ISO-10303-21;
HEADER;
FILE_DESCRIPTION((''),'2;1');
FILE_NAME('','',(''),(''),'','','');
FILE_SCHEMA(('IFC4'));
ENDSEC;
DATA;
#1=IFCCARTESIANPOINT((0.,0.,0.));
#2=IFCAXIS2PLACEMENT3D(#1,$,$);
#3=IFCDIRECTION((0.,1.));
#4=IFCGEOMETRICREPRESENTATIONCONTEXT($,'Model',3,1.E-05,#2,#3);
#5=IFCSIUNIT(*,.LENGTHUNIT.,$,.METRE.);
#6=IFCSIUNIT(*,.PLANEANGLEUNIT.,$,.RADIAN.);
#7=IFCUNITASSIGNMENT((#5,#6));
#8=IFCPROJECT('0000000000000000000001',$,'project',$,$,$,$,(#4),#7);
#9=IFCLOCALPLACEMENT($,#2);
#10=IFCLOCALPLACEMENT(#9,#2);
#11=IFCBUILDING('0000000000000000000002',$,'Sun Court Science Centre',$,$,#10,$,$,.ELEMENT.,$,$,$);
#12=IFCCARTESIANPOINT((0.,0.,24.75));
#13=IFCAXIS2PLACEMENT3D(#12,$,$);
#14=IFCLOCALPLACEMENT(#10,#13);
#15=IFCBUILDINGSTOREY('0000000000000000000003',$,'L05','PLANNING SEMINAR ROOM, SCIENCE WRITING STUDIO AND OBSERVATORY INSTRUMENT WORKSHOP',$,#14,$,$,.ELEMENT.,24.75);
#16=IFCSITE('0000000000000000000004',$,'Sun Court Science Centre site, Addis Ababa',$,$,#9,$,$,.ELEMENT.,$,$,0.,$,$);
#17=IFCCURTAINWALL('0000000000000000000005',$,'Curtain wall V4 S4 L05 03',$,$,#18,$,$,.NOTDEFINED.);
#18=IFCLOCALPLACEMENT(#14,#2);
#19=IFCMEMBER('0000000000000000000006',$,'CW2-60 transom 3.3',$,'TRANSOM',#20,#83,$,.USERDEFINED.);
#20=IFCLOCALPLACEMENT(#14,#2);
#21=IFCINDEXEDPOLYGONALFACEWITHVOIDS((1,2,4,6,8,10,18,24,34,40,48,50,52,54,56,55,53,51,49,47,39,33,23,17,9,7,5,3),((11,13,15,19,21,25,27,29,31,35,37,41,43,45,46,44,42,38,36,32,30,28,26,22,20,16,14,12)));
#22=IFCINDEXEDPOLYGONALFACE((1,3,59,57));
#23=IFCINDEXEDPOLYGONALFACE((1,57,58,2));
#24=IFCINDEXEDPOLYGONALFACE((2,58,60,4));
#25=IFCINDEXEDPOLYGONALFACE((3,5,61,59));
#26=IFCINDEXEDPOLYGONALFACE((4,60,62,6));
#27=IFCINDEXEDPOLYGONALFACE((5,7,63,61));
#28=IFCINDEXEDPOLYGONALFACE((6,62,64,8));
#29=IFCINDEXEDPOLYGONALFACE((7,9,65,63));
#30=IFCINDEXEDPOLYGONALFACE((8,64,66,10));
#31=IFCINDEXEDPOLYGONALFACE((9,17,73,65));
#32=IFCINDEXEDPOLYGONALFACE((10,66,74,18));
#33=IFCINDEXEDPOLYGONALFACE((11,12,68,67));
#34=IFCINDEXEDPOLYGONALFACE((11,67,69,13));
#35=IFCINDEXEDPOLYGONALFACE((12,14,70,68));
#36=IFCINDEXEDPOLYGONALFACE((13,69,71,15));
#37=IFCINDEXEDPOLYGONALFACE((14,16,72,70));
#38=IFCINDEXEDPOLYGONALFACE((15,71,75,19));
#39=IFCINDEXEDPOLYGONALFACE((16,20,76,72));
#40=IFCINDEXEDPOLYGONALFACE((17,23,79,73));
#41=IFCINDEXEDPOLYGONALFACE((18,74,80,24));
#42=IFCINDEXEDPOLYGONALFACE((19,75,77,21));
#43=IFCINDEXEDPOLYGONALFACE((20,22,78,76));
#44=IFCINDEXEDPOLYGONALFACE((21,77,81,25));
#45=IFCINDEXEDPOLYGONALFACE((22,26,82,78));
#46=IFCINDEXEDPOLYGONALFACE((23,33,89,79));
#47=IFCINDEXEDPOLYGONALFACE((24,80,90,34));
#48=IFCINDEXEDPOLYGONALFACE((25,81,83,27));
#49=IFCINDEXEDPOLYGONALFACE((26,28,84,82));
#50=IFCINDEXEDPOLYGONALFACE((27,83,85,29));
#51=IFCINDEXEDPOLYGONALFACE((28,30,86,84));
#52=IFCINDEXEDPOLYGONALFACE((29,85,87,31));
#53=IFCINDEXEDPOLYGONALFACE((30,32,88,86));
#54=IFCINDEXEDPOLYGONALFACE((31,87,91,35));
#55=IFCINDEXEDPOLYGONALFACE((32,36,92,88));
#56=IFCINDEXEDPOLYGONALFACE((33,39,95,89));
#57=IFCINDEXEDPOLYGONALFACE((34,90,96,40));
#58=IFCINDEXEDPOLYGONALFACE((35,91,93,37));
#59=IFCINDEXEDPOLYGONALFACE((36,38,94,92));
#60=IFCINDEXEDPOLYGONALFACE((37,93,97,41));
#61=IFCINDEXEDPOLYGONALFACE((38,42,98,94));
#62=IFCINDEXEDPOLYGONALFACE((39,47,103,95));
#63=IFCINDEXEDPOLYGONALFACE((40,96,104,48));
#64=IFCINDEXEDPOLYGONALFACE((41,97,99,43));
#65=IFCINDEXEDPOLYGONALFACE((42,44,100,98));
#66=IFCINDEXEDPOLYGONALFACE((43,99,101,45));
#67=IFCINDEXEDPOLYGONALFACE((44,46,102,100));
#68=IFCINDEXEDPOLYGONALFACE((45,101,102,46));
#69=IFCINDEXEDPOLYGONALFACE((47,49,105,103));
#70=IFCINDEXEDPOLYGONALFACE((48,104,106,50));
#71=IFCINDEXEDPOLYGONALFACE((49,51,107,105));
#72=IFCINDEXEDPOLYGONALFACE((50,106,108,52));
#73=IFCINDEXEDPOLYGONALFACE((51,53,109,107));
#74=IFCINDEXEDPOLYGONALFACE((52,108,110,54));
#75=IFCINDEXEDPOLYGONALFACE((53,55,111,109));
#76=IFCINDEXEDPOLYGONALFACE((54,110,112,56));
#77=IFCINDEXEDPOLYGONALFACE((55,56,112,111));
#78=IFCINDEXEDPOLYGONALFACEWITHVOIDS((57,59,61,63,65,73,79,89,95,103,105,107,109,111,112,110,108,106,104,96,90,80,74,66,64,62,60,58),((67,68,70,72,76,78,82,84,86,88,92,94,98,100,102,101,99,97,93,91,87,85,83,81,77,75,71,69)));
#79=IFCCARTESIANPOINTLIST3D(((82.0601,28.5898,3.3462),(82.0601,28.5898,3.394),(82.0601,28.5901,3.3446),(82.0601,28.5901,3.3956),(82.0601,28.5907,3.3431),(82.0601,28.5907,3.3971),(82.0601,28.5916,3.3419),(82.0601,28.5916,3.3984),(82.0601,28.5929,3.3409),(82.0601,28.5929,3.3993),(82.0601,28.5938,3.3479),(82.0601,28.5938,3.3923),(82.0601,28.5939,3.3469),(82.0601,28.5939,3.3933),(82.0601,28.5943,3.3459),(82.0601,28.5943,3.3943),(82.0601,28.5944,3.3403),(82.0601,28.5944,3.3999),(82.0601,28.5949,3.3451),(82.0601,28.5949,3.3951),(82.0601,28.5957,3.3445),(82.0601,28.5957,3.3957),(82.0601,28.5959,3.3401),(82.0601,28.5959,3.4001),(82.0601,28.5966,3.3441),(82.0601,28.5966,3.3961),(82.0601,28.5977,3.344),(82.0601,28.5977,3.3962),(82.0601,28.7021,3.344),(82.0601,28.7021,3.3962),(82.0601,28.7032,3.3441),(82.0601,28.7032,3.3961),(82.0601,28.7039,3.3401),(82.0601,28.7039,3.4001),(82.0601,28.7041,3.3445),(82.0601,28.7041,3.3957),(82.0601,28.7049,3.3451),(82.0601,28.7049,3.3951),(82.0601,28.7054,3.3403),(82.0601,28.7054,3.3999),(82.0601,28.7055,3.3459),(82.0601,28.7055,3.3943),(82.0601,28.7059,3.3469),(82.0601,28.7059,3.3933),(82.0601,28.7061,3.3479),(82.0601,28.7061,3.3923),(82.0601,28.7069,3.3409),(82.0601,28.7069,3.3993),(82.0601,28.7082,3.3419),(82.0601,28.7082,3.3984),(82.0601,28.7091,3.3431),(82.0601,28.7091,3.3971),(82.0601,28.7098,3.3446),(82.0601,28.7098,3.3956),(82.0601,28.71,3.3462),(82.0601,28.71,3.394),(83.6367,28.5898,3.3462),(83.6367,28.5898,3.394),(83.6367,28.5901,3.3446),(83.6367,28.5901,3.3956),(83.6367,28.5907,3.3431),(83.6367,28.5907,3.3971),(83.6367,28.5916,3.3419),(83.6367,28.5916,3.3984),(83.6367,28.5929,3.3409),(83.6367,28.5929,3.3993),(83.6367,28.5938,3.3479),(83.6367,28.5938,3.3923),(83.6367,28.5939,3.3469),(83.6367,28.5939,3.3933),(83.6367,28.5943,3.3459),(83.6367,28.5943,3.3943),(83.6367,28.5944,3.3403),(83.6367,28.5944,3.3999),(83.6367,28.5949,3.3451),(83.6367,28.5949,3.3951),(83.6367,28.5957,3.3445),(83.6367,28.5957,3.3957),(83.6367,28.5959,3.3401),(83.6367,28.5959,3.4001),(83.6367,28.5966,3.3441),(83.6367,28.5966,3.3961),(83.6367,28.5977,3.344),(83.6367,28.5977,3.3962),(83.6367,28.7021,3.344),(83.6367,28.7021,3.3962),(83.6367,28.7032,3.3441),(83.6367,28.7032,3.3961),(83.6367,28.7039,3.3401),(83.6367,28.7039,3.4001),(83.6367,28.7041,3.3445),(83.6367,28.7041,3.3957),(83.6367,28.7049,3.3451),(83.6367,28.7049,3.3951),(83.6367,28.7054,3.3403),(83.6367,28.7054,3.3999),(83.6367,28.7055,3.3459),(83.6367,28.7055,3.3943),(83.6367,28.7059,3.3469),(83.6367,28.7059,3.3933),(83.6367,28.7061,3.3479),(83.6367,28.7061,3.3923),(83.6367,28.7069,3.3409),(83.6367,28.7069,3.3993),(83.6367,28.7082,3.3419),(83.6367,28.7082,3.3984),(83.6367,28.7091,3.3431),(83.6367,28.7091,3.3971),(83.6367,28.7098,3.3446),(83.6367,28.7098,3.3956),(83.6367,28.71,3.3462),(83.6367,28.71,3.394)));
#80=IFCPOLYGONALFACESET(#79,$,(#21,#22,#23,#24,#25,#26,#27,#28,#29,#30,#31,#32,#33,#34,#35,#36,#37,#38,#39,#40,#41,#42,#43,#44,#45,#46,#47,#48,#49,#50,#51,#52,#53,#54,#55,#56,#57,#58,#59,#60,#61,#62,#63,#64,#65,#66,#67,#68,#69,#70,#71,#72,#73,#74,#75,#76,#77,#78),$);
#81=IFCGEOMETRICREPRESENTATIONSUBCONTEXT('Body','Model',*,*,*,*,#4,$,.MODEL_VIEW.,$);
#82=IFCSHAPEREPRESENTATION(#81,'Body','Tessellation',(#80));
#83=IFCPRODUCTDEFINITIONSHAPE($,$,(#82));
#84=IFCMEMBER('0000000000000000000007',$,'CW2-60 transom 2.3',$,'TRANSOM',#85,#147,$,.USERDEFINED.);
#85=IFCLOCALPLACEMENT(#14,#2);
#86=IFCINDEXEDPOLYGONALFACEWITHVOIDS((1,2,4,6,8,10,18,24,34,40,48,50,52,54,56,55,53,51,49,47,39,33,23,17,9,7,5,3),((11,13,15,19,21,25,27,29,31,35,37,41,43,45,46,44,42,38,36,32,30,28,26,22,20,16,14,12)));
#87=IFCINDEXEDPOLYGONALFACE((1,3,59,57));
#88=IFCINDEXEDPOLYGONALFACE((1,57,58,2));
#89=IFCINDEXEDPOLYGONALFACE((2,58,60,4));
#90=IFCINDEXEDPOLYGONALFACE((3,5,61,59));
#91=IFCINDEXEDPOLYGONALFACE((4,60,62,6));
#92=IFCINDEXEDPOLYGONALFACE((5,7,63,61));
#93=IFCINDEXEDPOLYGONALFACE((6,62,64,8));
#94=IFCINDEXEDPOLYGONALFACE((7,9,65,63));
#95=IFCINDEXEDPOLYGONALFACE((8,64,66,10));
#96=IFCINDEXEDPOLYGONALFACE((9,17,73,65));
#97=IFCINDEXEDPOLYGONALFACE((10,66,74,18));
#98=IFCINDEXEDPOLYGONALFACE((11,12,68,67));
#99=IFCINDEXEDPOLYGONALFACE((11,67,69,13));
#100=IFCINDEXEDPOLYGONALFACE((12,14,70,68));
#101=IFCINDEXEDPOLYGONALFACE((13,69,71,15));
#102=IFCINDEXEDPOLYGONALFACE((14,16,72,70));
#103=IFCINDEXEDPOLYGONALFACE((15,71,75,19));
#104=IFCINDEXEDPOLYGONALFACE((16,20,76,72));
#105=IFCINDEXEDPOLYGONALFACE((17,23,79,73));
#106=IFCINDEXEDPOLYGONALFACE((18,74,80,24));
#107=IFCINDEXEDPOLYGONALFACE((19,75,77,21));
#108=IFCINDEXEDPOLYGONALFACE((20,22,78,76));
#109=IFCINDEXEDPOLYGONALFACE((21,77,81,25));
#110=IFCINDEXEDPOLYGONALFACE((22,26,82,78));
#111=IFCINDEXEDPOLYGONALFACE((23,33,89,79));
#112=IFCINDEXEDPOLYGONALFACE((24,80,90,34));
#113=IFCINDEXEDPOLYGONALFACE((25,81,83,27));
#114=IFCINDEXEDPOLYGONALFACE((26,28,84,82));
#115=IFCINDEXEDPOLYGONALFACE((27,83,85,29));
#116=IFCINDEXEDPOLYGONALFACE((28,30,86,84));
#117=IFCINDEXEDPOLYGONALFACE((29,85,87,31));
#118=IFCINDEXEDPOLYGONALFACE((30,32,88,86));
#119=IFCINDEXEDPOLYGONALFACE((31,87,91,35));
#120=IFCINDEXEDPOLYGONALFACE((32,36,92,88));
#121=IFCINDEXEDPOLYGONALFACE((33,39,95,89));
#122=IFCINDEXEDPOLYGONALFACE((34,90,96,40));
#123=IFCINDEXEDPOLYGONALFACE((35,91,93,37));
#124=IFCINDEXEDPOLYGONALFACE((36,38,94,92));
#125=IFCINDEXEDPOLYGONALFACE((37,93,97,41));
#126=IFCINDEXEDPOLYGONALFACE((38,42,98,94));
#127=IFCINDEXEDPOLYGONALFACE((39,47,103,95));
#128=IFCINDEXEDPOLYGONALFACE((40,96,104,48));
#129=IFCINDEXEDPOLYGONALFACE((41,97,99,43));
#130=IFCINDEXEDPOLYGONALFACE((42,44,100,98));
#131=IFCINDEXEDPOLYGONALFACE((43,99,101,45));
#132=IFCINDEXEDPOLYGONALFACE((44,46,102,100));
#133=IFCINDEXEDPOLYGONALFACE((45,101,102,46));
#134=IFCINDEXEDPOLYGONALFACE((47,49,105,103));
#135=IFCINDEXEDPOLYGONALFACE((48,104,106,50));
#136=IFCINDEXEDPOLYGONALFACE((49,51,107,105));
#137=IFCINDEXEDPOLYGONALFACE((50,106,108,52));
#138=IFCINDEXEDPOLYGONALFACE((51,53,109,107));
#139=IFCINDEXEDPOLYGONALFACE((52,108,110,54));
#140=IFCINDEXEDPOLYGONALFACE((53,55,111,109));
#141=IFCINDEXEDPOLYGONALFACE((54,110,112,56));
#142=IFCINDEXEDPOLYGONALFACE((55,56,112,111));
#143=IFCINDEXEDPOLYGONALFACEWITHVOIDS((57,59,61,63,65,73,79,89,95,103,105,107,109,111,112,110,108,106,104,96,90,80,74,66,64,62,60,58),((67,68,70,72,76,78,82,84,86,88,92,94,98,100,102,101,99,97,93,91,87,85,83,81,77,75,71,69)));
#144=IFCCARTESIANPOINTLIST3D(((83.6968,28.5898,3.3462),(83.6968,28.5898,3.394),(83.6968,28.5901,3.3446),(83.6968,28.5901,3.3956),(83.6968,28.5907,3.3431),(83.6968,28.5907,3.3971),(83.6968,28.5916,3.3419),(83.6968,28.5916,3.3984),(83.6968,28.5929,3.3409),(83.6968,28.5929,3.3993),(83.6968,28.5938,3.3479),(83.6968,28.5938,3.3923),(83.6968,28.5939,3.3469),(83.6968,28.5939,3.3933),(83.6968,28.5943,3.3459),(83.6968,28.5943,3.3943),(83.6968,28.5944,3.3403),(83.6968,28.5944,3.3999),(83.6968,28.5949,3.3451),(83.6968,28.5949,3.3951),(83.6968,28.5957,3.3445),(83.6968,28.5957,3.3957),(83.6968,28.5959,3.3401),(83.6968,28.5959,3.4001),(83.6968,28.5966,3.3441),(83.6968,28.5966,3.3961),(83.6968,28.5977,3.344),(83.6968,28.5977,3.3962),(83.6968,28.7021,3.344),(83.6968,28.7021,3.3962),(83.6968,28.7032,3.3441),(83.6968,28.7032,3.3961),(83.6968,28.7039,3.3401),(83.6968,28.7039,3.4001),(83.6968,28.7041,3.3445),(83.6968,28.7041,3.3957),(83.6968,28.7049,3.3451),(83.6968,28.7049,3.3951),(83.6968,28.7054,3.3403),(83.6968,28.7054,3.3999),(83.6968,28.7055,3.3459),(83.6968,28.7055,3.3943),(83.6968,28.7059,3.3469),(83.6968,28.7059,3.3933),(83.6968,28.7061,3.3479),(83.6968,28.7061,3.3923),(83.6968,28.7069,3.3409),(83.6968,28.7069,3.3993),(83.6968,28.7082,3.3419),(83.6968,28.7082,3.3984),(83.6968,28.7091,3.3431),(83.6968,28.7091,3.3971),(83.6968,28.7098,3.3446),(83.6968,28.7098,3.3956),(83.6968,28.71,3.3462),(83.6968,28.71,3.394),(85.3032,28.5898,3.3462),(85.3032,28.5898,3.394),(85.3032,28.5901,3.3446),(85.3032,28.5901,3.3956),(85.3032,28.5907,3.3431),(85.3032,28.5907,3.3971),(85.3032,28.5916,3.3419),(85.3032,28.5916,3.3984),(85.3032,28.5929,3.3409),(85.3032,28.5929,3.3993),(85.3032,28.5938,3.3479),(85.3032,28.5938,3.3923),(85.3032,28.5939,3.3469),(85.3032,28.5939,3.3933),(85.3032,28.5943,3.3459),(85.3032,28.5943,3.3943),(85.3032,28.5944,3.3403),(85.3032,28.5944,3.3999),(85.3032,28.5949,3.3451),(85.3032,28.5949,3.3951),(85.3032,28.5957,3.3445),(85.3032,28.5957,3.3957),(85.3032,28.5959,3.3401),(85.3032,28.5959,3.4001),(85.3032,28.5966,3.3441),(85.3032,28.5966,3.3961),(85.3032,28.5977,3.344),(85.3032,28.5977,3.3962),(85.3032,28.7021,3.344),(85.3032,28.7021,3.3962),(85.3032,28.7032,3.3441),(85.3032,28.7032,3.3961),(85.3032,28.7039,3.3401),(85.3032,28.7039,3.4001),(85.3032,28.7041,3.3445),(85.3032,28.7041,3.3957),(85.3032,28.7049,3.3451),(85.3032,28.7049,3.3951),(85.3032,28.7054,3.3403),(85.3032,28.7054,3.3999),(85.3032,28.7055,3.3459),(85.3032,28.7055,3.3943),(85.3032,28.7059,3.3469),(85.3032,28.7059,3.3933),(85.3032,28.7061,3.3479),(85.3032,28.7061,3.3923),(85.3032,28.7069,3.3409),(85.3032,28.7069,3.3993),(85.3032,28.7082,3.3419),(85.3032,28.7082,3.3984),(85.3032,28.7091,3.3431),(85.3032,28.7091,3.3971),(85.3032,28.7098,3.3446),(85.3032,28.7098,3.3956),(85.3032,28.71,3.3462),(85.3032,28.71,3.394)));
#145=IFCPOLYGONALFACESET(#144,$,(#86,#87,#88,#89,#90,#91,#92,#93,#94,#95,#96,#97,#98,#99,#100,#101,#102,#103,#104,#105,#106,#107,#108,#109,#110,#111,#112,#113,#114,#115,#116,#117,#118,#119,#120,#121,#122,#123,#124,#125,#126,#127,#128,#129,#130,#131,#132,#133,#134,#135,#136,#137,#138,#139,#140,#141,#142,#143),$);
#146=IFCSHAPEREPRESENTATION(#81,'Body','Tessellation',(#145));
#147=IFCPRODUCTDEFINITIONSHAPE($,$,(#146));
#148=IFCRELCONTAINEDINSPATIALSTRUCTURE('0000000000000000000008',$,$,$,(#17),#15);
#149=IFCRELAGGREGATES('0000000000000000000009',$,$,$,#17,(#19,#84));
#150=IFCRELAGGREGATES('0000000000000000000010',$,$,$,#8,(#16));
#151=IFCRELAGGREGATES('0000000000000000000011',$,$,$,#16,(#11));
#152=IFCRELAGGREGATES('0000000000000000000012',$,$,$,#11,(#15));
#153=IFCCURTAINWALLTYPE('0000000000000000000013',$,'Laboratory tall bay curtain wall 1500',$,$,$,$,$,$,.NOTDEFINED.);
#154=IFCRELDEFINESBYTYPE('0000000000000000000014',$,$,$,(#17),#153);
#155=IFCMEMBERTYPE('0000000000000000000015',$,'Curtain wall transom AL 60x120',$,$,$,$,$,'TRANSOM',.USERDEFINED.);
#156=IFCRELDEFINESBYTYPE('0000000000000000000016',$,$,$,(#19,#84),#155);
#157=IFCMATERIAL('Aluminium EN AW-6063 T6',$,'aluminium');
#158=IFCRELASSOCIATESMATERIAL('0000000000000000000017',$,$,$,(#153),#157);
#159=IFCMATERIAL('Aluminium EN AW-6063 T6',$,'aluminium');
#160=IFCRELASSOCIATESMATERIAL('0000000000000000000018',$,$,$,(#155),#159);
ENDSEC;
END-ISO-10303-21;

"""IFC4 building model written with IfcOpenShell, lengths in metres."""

from ifc_helpers import new_model, si_unit, direction, frame, origin, origin_2d, place, context, subcontext, project, spatial, hollow_rectangle, extrude, material, material_profile, profile_set, type_object, element, aggregate, save


model = new_model("IFC4")

# Units and contexts
model_context = context("Model", 3, precision=1e-05, world=origin(), true_north=direction((0.0, 1.0)))
body_context = subcontext(model_context, "Body", "Model", "MODEL_VIEW")
ifc_project = project(units=[si_unit("LENGTHUNIT", "METRE"), si_unit("PLANEANGLEUNIT", "RADIAN")], contexts=[model_context])

# Site, building, storey
site_placement = place(None, origin())
site = spatial("IfcSite", under=ifc_project, at=site_placement, Name="Sun Court Science Centre site, Addis Ababa", CompositionType="ELEMENT", RefElevation=0.0)
building_placement = place(site_placement, origin())
building = spatial("IfcBuilding", under=site, at=building_placement, Name="Sun Court Science Centre", CompositionType="ELEMENT")
storey_placement = place(building_placement, frame((0.0, 0.0, 24.75)))
storey = spatial("IfcBuildingStorey", under=building, at=storey_placement, Name="L05", Description="PLANNING SEMINAR ROOM, SCIENCE WRITING STUDIO AND OBSERVATORY INSTRUMENT WORKSHOP", CompositionType="ELEMENT", Elevation=24.75)

# Curtain wall, members
ifc_material_1 = material(Name="Aluminium EN AW-6063 T6", Category="aluminium")
curtain_wall_type = type_object("IfcCurtainWallType", Name="Laboratory tall bay curtain wall 1500", PredefinedType="NOTDEFINED", material=ifc_material_1)
curtain_wall_placement = place(storey_placement, origin())
curtain_wall = element("IfcCurtainWall", 1, at=curtain_wall_placement, inside=storey, type_object=curtain_wall_type, Name="Curtain wall V4 S4 L05 03", PredefinedType="NOTDEFINED")
ifc_material_2 = material(Name="Aluminium EN AW-6063 T6", Category="aluminium")
ifc_material_profile_1 = material_profile(ifc_material_2, hollow_rectangle(XDim=0.0601, YDim=0.1201, WallThickness=0.0039, InnerFilletRadius=0.0039, OuterFilletRadius=0.0061, at=origin_2d()), Name="AL 60x120x4")
ifc_profile_set_1 = profile_set([ifc_material_profile_1], Name="Aluminium EN AW-6063 T6")
member_type = type_object("IfcMemberType", Name="Curtain wall transom AL 60x120", ElementType="TRANSOM", PredefinedType="USERDEFINED", material=ifc_profile_set_1)
member_1_placement = place(storey_placement, frame((83.6367, 28.6499, 3.3701), z_axis=(-1.0, 0.0, 0.0), x_axis=(0.0, 0.0, 1.0)))
member_1 = element("IfcMember", 2, at=member_1_placement, type_object=member_type, Name="CW2-60 transom 3.3", ObjectType="TRANSOM", PredefinedType="USERDEFINED", context=body_context, shape_type="SweptSolid", body=[
    extrude(hollow_rectangle(XDim=0.0601, YDim=0.1201, WallThickness=0.0039, InnerFilletRadius=0.0039, OuterFilletRadius=0.0061, at=origin_2d()), origin(), (0.0, 0.0, 1.0), 1.5767),
])
member_2_placement = place(storey_placement, frame((85.3032, 28.6499, 3.3701), z_axis=(-1.0, 0.0, 0.0), x_axis=(0.0, 0.0, 1.0)))
member_2 = element("IfcMember", 3, at=member_2_placement, type_object=member_type, Name="CW2-60 transom 2.3", ObjectType="TRANSOM", PredefinedType="USERDEFINED", context=body_context, shape_type="SweptSolid", body=[
    extrude(hollow_rectangle(XDim=0.0601, YDim=0.1201, WallThickness=0.0039, InnerFilletRadius=0.0039, OuterFilletRadius=0.0061, at=origin_2d()), origin(), (0.0, 0.0, 1.0), 1.6064),
])

aggregate(curtain_wall, [member_1, member_2])

save(model, "model.ifc")
